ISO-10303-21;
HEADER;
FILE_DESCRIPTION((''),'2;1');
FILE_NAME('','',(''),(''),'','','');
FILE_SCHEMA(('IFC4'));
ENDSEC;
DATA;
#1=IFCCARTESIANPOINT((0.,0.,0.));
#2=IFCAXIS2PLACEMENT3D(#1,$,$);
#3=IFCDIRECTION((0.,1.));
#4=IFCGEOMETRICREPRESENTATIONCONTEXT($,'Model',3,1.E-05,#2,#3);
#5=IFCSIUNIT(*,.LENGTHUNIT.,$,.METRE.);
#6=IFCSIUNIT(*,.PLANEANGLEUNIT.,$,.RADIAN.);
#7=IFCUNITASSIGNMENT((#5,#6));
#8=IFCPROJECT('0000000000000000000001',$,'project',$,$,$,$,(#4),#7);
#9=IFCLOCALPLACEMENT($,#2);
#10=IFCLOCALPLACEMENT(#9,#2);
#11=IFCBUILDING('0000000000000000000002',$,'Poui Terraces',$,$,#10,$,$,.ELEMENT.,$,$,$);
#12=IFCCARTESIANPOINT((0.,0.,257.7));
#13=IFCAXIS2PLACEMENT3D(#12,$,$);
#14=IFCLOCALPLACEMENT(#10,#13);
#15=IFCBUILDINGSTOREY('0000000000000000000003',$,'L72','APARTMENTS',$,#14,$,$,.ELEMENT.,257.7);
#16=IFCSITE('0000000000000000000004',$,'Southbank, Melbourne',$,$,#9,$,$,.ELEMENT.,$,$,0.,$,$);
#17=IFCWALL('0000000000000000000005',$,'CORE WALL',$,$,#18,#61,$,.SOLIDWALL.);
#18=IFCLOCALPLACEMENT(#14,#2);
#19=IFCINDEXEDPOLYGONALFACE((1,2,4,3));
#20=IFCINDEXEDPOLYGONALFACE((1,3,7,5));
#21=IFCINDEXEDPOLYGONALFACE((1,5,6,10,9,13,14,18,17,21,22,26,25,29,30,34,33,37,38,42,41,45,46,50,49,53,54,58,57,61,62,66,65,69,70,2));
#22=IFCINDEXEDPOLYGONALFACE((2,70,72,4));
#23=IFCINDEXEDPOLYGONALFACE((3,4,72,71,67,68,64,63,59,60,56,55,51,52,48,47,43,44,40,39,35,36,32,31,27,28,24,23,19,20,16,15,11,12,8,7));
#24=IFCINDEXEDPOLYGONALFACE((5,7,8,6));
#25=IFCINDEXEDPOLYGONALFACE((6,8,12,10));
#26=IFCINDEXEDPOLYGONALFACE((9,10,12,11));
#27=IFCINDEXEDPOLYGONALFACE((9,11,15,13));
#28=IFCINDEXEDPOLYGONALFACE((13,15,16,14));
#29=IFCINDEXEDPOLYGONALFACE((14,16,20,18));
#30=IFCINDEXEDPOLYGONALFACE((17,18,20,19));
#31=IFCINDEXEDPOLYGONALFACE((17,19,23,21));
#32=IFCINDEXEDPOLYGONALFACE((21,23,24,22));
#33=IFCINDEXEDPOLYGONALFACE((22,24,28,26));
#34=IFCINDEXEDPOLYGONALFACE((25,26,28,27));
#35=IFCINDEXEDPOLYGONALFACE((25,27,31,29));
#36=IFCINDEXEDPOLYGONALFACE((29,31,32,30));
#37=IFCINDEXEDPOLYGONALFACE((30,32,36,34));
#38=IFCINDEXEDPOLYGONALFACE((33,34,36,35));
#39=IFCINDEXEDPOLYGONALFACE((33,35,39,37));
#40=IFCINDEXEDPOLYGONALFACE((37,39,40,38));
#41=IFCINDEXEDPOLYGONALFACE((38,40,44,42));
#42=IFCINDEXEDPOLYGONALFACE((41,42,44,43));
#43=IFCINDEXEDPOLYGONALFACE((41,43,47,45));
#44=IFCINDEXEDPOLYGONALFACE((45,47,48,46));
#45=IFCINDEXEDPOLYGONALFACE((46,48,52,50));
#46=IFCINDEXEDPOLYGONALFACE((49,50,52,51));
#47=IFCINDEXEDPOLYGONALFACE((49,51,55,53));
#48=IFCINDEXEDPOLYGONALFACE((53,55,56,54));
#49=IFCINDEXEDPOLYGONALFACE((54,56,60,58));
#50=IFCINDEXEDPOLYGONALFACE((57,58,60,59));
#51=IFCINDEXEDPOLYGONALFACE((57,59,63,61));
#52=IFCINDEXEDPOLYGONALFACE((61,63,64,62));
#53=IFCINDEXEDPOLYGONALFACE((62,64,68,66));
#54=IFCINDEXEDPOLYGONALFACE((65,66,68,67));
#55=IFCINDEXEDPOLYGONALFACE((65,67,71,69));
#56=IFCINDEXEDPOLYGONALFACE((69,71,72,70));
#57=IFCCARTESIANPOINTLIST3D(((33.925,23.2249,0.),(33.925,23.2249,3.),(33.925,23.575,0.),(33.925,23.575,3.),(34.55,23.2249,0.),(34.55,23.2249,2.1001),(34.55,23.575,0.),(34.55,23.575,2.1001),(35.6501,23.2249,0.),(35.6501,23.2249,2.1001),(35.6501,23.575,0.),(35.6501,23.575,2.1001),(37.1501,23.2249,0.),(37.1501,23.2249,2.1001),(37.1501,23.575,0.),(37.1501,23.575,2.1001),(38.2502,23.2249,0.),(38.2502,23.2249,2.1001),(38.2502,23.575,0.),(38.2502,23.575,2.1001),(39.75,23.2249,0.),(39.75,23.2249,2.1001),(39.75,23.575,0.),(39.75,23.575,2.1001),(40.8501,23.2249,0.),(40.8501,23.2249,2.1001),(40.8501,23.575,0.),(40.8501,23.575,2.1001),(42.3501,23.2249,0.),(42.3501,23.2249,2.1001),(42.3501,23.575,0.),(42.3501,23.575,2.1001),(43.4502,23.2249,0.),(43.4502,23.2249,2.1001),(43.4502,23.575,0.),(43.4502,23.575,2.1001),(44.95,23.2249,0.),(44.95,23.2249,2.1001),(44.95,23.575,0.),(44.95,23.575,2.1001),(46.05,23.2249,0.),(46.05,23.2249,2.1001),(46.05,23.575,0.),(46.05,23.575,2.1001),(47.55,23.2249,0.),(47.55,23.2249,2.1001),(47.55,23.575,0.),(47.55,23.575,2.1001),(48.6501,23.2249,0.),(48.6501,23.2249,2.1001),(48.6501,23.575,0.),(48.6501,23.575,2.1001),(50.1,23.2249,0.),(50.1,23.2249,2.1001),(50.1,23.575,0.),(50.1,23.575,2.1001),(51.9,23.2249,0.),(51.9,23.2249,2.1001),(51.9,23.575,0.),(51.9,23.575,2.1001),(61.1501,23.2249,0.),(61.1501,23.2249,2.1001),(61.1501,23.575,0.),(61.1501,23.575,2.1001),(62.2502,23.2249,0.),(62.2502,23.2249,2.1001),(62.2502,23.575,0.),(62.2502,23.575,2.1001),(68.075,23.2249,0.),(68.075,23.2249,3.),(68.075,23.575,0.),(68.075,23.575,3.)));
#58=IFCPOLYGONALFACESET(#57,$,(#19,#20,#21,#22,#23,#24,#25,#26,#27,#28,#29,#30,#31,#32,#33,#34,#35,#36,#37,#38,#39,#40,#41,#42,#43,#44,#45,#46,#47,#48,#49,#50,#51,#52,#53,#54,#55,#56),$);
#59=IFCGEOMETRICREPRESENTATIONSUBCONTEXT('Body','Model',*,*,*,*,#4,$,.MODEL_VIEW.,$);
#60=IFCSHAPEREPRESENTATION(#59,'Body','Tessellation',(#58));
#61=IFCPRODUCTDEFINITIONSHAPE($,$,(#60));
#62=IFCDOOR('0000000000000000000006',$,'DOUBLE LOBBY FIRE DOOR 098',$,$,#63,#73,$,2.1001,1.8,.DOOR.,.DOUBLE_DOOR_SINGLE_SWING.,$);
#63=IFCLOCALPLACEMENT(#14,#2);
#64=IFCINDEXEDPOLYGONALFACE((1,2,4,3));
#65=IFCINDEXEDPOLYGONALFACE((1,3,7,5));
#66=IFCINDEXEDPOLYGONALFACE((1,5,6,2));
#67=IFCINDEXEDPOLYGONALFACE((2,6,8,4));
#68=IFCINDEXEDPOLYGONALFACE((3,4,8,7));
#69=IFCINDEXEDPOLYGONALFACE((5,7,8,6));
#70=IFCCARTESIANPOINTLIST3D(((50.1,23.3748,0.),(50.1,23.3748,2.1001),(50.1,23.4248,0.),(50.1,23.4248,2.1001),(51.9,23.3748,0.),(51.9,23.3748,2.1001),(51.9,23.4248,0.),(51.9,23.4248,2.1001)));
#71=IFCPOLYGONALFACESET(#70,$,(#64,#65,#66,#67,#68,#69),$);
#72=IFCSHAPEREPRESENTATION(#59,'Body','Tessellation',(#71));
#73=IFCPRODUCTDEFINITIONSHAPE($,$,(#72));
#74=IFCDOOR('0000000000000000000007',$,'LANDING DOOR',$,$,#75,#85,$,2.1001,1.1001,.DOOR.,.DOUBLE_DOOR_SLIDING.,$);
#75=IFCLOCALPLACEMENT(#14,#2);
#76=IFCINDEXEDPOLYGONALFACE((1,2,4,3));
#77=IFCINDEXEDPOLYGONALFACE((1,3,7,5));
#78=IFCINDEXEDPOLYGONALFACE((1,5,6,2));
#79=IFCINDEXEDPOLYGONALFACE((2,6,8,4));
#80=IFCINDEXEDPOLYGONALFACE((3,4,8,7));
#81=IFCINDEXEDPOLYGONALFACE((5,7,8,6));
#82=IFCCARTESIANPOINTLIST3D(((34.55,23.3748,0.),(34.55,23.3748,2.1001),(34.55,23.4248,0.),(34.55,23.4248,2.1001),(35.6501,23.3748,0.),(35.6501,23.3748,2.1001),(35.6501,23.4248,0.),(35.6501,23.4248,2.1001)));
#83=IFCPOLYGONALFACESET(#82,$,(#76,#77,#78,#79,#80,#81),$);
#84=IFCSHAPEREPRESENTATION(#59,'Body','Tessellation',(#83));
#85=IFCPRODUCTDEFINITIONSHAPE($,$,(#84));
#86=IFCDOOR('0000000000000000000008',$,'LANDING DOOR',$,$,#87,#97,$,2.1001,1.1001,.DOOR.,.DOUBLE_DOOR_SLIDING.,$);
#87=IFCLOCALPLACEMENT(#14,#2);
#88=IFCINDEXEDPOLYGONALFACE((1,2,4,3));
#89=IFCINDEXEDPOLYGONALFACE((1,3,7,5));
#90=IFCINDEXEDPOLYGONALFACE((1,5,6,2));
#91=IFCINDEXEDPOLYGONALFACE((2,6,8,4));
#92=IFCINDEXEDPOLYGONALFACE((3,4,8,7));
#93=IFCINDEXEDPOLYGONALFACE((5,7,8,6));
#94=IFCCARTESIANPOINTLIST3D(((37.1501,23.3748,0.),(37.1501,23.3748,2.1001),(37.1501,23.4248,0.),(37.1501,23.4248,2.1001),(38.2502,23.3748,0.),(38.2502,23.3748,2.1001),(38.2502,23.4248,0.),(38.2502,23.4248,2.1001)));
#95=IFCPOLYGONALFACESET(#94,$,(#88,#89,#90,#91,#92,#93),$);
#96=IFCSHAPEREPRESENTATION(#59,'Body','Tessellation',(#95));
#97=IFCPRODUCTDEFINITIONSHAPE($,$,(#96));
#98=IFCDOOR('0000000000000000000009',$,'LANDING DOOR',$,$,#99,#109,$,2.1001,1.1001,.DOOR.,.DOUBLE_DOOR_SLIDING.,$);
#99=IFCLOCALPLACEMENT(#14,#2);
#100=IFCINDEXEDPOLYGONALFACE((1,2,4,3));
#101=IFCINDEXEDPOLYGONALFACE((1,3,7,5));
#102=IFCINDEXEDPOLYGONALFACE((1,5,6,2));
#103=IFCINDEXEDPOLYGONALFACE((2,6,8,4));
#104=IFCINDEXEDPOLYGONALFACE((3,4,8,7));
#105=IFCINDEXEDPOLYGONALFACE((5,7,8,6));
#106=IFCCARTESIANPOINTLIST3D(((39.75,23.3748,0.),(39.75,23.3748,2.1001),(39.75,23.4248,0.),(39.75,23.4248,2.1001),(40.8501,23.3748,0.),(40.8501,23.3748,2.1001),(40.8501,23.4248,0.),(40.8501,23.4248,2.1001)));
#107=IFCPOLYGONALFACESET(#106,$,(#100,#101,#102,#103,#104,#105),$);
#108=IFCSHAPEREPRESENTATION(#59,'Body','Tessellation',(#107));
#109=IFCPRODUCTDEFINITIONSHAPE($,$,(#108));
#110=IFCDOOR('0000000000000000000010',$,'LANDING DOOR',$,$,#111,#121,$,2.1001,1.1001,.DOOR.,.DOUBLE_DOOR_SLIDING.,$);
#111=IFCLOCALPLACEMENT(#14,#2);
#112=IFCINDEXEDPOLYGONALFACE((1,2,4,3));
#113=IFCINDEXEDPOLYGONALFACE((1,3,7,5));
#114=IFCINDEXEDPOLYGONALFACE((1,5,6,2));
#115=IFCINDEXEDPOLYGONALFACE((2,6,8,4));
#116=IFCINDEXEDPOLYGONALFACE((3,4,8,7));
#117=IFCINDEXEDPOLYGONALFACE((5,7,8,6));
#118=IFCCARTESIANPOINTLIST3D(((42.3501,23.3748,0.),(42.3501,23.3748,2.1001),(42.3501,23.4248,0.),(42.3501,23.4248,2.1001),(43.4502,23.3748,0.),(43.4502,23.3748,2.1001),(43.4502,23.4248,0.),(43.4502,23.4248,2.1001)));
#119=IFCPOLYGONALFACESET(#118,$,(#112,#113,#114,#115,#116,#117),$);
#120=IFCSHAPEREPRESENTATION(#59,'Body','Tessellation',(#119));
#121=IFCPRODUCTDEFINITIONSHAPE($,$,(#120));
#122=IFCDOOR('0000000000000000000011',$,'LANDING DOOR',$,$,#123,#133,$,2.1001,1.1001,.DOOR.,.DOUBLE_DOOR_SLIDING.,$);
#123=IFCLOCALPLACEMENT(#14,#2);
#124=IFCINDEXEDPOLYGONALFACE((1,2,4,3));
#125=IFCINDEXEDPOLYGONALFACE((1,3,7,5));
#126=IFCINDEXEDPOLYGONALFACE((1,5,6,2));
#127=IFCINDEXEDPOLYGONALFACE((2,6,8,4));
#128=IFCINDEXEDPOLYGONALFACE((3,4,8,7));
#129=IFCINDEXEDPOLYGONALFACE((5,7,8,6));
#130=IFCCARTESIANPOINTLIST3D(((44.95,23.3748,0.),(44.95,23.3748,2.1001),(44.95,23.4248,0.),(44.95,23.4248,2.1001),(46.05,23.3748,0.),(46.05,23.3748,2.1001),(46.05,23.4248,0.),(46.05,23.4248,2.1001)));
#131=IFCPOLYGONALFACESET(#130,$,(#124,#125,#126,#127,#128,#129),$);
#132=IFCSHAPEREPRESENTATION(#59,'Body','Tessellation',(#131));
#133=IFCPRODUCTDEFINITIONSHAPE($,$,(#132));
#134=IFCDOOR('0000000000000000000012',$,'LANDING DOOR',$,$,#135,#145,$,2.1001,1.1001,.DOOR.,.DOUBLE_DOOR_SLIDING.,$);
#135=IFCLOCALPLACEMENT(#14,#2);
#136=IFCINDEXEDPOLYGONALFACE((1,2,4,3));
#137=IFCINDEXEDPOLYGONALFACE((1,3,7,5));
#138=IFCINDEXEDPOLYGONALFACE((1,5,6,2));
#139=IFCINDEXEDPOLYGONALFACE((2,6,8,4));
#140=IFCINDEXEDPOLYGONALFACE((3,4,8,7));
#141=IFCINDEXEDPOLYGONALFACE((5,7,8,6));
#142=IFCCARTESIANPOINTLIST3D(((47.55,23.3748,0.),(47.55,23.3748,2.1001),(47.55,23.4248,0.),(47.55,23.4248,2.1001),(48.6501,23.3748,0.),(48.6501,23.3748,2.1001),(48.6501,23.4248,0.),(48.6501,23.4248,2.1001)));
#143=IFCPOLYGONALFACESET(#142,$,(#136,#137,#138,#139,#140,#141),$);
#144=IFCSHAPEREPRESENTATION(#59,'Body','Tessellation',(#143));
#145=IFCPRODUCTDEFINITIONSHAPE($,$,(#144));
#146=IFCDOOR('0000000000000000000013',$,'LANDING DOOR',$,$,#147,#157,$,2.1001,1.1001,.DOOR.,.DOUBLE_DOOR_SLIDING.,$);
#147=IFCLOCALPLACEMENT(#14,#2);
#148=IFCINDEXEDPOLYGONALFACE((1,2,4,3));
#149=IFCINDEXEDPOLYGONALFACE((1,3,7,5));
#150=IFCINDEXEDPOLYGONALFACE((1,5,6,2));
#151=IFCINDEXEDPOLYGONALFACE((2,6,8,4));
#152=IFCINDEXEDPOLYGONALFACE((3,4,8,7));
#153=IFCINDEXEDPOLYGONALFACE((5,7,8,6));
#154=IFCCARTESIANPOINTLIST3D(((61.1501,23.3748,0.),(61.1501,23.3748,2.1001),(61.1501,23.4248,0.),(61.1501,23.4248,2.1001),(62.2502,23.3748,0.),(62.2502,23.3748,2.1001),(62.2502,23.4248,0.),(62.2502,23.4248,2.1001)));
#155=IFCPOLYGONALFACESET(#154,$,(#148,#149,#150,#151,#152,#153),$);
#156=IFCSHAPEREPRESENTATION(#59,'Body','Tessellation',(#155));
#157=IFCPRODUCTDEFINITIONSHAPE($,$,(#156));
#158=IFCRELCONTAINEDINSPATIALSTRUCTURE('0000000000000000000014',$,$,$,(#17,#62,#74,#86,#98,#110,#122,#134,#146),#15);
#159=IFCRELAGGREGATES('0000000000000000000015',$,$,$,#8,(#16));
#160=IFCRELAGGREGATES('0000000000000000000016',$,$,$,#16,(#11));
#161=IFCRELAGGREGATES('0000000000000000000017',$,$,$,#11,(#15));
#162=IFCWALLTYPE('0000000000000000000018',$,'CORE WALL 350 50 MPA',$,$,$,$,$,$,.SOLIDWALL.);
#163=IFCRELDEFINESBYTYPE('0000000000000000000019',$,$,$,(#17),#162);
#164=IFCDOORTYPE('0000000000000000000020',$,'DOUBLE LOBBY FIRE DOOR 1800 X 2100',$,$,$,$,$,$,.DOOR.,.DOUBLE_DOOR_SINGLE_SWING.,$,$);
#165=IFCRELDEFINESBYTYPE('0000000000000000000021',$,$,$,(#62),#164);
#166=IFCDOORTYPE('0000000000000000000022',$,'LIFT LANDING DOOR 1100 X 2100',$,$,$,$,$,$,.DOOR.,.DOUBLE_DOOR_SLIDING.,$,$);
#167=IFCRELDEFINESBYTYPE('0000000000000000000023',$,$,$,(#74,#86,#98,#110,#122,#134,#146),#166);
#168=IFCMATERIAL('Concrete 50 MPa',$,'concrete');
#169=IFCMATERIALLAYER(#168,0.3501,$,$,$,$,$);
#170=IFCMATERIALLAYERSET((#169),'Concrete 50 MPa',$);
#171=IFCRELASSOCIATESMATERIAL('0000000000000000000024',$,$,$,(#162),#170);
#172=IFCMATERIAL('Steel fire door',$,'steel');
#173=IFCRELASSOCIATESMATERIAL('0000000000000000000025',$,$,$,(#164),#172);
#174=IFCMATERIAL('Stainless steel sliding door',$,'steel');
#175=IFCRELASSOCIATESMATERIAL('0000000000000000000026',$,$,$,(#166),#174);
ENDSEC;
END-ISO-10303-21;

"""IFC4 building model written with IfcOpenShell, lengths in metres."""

from ifc_helpers import new_model, si_unit, direction, frame, frame_2d, origin, place, context, subcontext, project, spatial, rectangle, extrude, material, layer, layer_set, type_object, element, fill, save


model = new_model("IFC4")

# Units and contexts
model_context = context("Model", 3, precision=1e-05, world=origin(), true_north=direction((0.0, 1.0)))
body_context = subcontext(model_context, "Body", "Model", "MODEL_VIEW")
ifc_project = project(units=[si_unit("LENGTHUNIT", "METRE"), si_unit("PLANEANGLEUNIT", "RADIAN")], contexts=[model_context])

# Site, building, storey
site_placement = place(None, origin())
site = spatial("IfcSite", under=ifc_project, at=site_placement, Name="Southbank, Melbourne", CompositionType="ELEMENT", RefElevation=0.0)
building_placement = place(site_placement, origin())
building = spatial("IfcBuilding", under=site, at=building_placement, Name="Poui Terraces", CompositionType="ELEMENT")
storey_placement = place(building_placement, frame((0.0, 0.0, 257.7)))
storey = spatial("IfcBuildingStorey", under=building, at=storey_placement, Name="L72", Description="APARTMENTS", CompositionType="ELEMENT", Elevation=257.7)

# Wall, openings, doors
ifc_material_1 = material(Name="Concrete 50 MPa", Category="concrete")
ifc_layer_1 = layer(ifc_material_1, 0.3501)
ifc_layer_set_1 = layer_set([ifc_layer_1], Name="Concrete 50 MPa")
wall_type_1 = type_object("IfcWallType", Name="CORE WALL 350 50 MPA", PredefinedType="SOLIDWALL", material=ifc_layer_set_1)
ifc_material_2 = material(Name="Steel fire door", Category="steel")
door_type_1 = type_object("IfcDoorType", Name="DOUBLE LOBBY FIRE DOOR 1800 X 2100", OperationType="DOUBLE_DOOR_SINGLE_SWING", PredefinedType="DOOR", material=ifc_material_2)
wall_1_placement = place(storey_placement, frame((33.925, 23.3999, 0.0), z_axis=(0.0, 0.0, 1.0), x_axis=(1.0, 0.0, 0.0)))
wall_1 = element("IfcWall", 1, at=wall_1_placement, inside=storey, type_object=wall_type_1, Name="CORE WALL", PredefinedType="SOLIDWALL", context=body_context, shape_type="SweptSolid", body=[
    extrude(rectangle(XDim=34.1499, YDim=0.3501, at=frame_2d((17.075, 0.0))), origin(), (0.0, 0.0, 1.0), 3.0),
])
opening_1_placement = place(wall_1_placement, frame((16.175, 0.0, 0.0)))
opening_1 = element("IfcOpeningElement", 2, at=opening_1_placement, cuts=wall_1, PredefinedType="OPENING", context=body_context, shape_type="SweptSolid", body=[
    extrude(rectangle(XDim=1.8, YDim=2.1001, at=frame_2d((0.8999, 1.05))), frame((0.0, 0.1851, 0.0), z_axis=(0.0, -1.0, 0.0), x_axis=(1.0, 0.0, 0.0)), (0.0, 0.0, 1.0), 0.3701),
])
opening_2_placement = place(wall_1_placement, frame((0.625, 0.0, 0.0)))
opening_2 = element("IfcOpeningElement", 3, at=opening_2_placement, cuts=wall_1, PredefinedType="OPENING", context=body_context, shape_type="SweptSolid", body=[
    extrude(rectangle(XDim=1.1001, YDim=2.1001, at=frame_2d((0.55, 1.05))), frame((0.0, 0.1851, 0.0), z_axis=(0.0, -1.0, 0.0), x_axis=(1.0, 0.0, 0.0)), (0.0, 0.0, 1.0), 0.3701),
])
opening_3_placement = place(wall_1_placement, frame((3.2251, 0.0, 0.0)))
opening_3 = element("IfcOpeningElement", 4, at=opening_3_placement, cuts=wall_1, PredefinedType="OPENING", context=body_context, shape_type="SweptSolid", body=[
    extrude(rectangle(XDim=1.1001, YDim=2.1001, at=frame_2d((0.55, 1.05))), frame((0.0, 0.1851, 0.0), z_axis=(0.0, -1.0, 0.0), x_axis=(1.0, 0.0, 0.0)), (0.0, 0.0, 1.0), 0.3701),
])
opening_4_placement = place(wall_1_placement, frame((5.825, 0.0, 0.0)))
opening_4 = element("IfcOpeningElement", 5, at=opening_4_placement, cuts=wall_1, PredefinedType="OPENING", context=body_context, shape_type="SweptSolid", body=[
    extrude(rectangle(XDim=1.1001, YDim=2.1001, at=frame_2d((0.55, 1.05))), frame((0.0, 0.1851, 0.0), z_axis=(0.0, -1.0, 0.0), x_axis=(1.0, 0.0, 0.0)), (0.0, 0.0, 1.0), 0.3701),
])
opening_5_placement = place(wall_1_placement, frame((8.425, 0.0, 0.0)))
opening_5 = element("IfcOpeningElement", 6, at=opening_5_placement, cuts=wall_1, PredefinedType="OPENING", context=body_context, shape_type="SweptSolid", body=[
    extrude(rectangle(XDim=1.1001, YDim=2.1001, at=frame_2d((0.55, 1.05))), frame((0.0, 0.1851, 0.0), z_axis=(0.0, -1.0, 0.0), x_axis=(1.0, 0.0, 0.0)), (0.0, 0.0, 1.0), 0.3701),
])
opening_6_placement = place(wall_1_placement, frame((11.0249, 0.0, 0.0)))
opening_6 = element("IfcOpeningElement", 7, at=opening_6_placement, cuts=wall_1, PredefinedType="OPENING", context=body_context, shape_type="SweptSolid", body=[
    extrude(rectangle(XDim=1.1001, YDim=2.1001, at=frame_2d((0.55, 1.05))), frame((0.0, 0.1851, 0.0), z_axis=(0.0, -1.0, 0.0), x_axis=(1.0, 0.0, 0.0)), (0.0, 0.0, 1.0), 0.3701),
])
opening_7_placement = place(wall_1_placement, frame((13.625, 0.0, 0.0)))
opening_7 = element("IfcOpeningElement", 8, at=opening_7_placement, cuts=wall_1, PredefinedType="OPENING", context=body_context, shape_type="SweptSolid", body=[
    extrude(rectangle(XDim=1.1001, YDim=2.1001, at=frame_2d((0.55, 1.05))), frame((0.0, 0.1851, 0.0), z_axis=(0.0, -1.0, 0.0), x_axis=(1.0, 0.0, 0.0)), (0.0, 0.0, 1.0), 0.3701),
])
opening_8_placement = place(wall_1_placement, frame((27.2251, 0.0, 0.0)))
opening_8 = element("IfcOpeningElement", 9, at=opening_8_placement, cuts=wall_1, PredefinedType="OPENING", context=body_context, shape_type="SweptSolid", body=[
    extrude(rectangle(XDim=1.1001, YDim=2.1001, at=frame_2d((0.55, 1.05))), frame((0.0, 0.1851, 0.0), z_axis=(0.0, -1.0, 0.0), x_axis=(1.0, 0.0, 0.0)), (0.0, 0.0, 1.0), 0.3701),
])
door_1_placement = place(opening_1_placement, origin())
door_1 = element("IfcDoor", 10, at=door_1_placement, inside=storey, type_object=door_type_1, Name="DOUBLE LOBBY FIRE DOOR 098", OperationType="DOUBLE_DOOR_SINGLE_SWING", OverallHeight=2.1001, OverallWidth=1.8, PredefinedType="DOOR", context=body_context, shape_type="SweptSolid", body=[
    extrude(rectangle(XDim=1.8, YDim=2.1001, at=frame_2d((0.8999, 1.05))), frame((0.0, 0.0249, 0.0), z_axis=(0.0, -1.0, 0.0), x_axis=(1.0, 0.0, 0.0)), (0.0, 0.0, 1.0), 0.05),
])
fill(opening_1, door_1)
ifc_material_3 = material(Name="Stainless steel sliding door", Category="steel")
door_type_2 = type_object("IfcDoorType", Name="LIFT LANDING DOOR 1100 X 2100", OperationType="DOUBLE_DOOR_SLIDING", PredefinedType="DOOR", material=ifc_material_3)
door_2_placement = place(opening_2_placement, origin())
door_2 = element("IfcDoor", 11, at=door_2_placement, inside=storey, type_object=door_type_2, Name="LANDING DOOR", OperationType="DOUBLE_DOOR_SLIDING", OverallHeight=2.1001, OverallWidth=1.1001, PredefinedType="DOOR", context=body_context, shape_type="SweptSolid", body=[
    extrude(rectangle(XDim=1.1001, YDim=2.1001, at=frame_2d((0.55, 1.05))), frame((0.0, 0.0249, 0.0), z_axis=(0.0, -1.0, 0.0), x_axis=(1.0, 0.0, 0.0)), (0.0, 0.0, 1.0), 0.05),
])
fill(opening_2, door_2)
door_3_placement = place(opening_3_placement, origin())
door_3 = element("IfcDoor", 12, at=door_3_placement, inside=storey, type_object=door_type_2, Name="LANDING DOOR", OperationType="DOUBLE_DOOR_SLIDING", OverallHeight=2.1001, OverallWidth=1.1001, PredefinedType="DOOR", context=body_context, shape_type="SweptSolid", body=[
    extrude(rectangle(XDim=1.1001, YDim=2.1001, at=frame_2d((0.55, 1.05))), frame((0.0, 0.0249, 0.0), z_axis=(0.0, -1.0, 0.0), x_axis=(1.0, 0.0, 0.0)), (0.0, 0.0, 1.0), 0.05),
])
fill(opening_3, door_3)
door_4_placement = place(opening_4_placement, origin())
door_4 = element("IfcDoor", 13, at=door_4_placement, inside=storey, type_object=door_type_2, Name="LANDING DOOR", OperationType="DOUBLE_DOOR_SLIDING", OverallHeight=2.1001, OverallWidth=1.1001, PredefinedType="DOOR", context=body_context, shape_type="SweptSolid", body=[
    extrude(rectangle(XDim=1.1001, YDim=2.1001, at=frame_2d((0.55, 1.05))), frame((0.0, 0.0249, 0.0), z_axis=(0.0, -1.0, 0.0), x_axis=(1.0, 0.0, 0.0)), (0.0, 0.0, 1.0), 0.05),
])
fill(opening_4, door_4)
door_5_placement = place(opening_5_placement, origin())
door_5 = element("IfcDoor", 14, at=door_5_placement, inside=storey, type_object=door_type_2, Name="LANDING DOOR", OperationType="DOUBLE_DOOR_SLIDING", OverallHeight=2.1001, OverallWidth=1.1001, PredefinedType="DOOR", context=body_context, shape_type="SweptSolid", body=[
    extrude(rectangle(XDim=1.1001, YDim=2.1001, at=frame_2d((0.55, 1.05))), frame((0.0, 0.0249, 0.0), z_axis=(0.0, -1.0, 0.0), x_axis=(1.0, 0.0, 0.0)), (0.0, 0.0, 1.0), 0.05),
])
fill(opening_5, door_5)
door_6_placement = place(opening_6_placement, origin())
door_6 = element("IfcDoor", 15, at=door_6_placement, inside=storey, type_object=door_type_2, Name="LANDING DOOR", OperationType="DOUBLE_DOOR_SLIDING", OverallHeight=2.1001, OverallWidth=1.1001, PredefinedType="DOOR", context=body_context, shape_type="SweptSolid", body=[
    extrude(rectangle(XDim=1.1001, YDim=2.1001, at=frame_2d((0.55, 1.05))), frame((0.0, 0.0249, 0.0), z_axis=(0.0, -1.0, 0.0), x_axis=(1.0, 0.0, 0.0)), (0.0, 0.0, 1.0), 0.05),
])
fill(opening_6, door_6)
door_7_placement = place(opening_7_placement, origin())
door_7 = element("IfcDoor", 16, at=door_7_placement, inside=storey, type_object=door_type_2, Name="LANDING DOOR", OperationType="DOUBLE_DOOR_SLIDING", OverallHeight=2.1001, OverallWidth=1.1001, PredefinedType="DOOR", context=body_context, shape_type="SweptSolid", body=[
    extrude(rectangle(XDim=1.1001, YDim=2.1001, at=frame_2d((0.55, 1.05))), frame((0.0, 0.0249, 0.0), z_axis=(0.0, -1.0, 0.0), x_axis=(1.0, 0.0, 0.0)), (0.0, 0.0, 1.0), 0.05),
])
fill(opening_7, door_7)
door_8_placement = place(opening_8_placement, origin())
door_8 = element("IfcDoor", 17, at=door_8_placement, inside=storey, type_object=door_type_2, Name="LANDING DOOR", OperationType="DOUBLE_DOOR_SLIDING", OverallHeight=2.1001, OverallWidth=1.1001, PredefinedType="DOOR", context=body_context, shape_type="SweptSolid", body=[
    extrude(rectangle(XDim=1.1001, YDim=2.1001, at=frame_2d((0.55, 1.05))), frame((0.0, 0.0249, 0.0), z_axis=(0.0, -1.0, 0.0), x_axis=(1.0, 0.0, 0.0)), (0.0, 0.0, 1.0), 0.05),
])
fill(opening_8, door_8)

save(model, "model.ifc")
